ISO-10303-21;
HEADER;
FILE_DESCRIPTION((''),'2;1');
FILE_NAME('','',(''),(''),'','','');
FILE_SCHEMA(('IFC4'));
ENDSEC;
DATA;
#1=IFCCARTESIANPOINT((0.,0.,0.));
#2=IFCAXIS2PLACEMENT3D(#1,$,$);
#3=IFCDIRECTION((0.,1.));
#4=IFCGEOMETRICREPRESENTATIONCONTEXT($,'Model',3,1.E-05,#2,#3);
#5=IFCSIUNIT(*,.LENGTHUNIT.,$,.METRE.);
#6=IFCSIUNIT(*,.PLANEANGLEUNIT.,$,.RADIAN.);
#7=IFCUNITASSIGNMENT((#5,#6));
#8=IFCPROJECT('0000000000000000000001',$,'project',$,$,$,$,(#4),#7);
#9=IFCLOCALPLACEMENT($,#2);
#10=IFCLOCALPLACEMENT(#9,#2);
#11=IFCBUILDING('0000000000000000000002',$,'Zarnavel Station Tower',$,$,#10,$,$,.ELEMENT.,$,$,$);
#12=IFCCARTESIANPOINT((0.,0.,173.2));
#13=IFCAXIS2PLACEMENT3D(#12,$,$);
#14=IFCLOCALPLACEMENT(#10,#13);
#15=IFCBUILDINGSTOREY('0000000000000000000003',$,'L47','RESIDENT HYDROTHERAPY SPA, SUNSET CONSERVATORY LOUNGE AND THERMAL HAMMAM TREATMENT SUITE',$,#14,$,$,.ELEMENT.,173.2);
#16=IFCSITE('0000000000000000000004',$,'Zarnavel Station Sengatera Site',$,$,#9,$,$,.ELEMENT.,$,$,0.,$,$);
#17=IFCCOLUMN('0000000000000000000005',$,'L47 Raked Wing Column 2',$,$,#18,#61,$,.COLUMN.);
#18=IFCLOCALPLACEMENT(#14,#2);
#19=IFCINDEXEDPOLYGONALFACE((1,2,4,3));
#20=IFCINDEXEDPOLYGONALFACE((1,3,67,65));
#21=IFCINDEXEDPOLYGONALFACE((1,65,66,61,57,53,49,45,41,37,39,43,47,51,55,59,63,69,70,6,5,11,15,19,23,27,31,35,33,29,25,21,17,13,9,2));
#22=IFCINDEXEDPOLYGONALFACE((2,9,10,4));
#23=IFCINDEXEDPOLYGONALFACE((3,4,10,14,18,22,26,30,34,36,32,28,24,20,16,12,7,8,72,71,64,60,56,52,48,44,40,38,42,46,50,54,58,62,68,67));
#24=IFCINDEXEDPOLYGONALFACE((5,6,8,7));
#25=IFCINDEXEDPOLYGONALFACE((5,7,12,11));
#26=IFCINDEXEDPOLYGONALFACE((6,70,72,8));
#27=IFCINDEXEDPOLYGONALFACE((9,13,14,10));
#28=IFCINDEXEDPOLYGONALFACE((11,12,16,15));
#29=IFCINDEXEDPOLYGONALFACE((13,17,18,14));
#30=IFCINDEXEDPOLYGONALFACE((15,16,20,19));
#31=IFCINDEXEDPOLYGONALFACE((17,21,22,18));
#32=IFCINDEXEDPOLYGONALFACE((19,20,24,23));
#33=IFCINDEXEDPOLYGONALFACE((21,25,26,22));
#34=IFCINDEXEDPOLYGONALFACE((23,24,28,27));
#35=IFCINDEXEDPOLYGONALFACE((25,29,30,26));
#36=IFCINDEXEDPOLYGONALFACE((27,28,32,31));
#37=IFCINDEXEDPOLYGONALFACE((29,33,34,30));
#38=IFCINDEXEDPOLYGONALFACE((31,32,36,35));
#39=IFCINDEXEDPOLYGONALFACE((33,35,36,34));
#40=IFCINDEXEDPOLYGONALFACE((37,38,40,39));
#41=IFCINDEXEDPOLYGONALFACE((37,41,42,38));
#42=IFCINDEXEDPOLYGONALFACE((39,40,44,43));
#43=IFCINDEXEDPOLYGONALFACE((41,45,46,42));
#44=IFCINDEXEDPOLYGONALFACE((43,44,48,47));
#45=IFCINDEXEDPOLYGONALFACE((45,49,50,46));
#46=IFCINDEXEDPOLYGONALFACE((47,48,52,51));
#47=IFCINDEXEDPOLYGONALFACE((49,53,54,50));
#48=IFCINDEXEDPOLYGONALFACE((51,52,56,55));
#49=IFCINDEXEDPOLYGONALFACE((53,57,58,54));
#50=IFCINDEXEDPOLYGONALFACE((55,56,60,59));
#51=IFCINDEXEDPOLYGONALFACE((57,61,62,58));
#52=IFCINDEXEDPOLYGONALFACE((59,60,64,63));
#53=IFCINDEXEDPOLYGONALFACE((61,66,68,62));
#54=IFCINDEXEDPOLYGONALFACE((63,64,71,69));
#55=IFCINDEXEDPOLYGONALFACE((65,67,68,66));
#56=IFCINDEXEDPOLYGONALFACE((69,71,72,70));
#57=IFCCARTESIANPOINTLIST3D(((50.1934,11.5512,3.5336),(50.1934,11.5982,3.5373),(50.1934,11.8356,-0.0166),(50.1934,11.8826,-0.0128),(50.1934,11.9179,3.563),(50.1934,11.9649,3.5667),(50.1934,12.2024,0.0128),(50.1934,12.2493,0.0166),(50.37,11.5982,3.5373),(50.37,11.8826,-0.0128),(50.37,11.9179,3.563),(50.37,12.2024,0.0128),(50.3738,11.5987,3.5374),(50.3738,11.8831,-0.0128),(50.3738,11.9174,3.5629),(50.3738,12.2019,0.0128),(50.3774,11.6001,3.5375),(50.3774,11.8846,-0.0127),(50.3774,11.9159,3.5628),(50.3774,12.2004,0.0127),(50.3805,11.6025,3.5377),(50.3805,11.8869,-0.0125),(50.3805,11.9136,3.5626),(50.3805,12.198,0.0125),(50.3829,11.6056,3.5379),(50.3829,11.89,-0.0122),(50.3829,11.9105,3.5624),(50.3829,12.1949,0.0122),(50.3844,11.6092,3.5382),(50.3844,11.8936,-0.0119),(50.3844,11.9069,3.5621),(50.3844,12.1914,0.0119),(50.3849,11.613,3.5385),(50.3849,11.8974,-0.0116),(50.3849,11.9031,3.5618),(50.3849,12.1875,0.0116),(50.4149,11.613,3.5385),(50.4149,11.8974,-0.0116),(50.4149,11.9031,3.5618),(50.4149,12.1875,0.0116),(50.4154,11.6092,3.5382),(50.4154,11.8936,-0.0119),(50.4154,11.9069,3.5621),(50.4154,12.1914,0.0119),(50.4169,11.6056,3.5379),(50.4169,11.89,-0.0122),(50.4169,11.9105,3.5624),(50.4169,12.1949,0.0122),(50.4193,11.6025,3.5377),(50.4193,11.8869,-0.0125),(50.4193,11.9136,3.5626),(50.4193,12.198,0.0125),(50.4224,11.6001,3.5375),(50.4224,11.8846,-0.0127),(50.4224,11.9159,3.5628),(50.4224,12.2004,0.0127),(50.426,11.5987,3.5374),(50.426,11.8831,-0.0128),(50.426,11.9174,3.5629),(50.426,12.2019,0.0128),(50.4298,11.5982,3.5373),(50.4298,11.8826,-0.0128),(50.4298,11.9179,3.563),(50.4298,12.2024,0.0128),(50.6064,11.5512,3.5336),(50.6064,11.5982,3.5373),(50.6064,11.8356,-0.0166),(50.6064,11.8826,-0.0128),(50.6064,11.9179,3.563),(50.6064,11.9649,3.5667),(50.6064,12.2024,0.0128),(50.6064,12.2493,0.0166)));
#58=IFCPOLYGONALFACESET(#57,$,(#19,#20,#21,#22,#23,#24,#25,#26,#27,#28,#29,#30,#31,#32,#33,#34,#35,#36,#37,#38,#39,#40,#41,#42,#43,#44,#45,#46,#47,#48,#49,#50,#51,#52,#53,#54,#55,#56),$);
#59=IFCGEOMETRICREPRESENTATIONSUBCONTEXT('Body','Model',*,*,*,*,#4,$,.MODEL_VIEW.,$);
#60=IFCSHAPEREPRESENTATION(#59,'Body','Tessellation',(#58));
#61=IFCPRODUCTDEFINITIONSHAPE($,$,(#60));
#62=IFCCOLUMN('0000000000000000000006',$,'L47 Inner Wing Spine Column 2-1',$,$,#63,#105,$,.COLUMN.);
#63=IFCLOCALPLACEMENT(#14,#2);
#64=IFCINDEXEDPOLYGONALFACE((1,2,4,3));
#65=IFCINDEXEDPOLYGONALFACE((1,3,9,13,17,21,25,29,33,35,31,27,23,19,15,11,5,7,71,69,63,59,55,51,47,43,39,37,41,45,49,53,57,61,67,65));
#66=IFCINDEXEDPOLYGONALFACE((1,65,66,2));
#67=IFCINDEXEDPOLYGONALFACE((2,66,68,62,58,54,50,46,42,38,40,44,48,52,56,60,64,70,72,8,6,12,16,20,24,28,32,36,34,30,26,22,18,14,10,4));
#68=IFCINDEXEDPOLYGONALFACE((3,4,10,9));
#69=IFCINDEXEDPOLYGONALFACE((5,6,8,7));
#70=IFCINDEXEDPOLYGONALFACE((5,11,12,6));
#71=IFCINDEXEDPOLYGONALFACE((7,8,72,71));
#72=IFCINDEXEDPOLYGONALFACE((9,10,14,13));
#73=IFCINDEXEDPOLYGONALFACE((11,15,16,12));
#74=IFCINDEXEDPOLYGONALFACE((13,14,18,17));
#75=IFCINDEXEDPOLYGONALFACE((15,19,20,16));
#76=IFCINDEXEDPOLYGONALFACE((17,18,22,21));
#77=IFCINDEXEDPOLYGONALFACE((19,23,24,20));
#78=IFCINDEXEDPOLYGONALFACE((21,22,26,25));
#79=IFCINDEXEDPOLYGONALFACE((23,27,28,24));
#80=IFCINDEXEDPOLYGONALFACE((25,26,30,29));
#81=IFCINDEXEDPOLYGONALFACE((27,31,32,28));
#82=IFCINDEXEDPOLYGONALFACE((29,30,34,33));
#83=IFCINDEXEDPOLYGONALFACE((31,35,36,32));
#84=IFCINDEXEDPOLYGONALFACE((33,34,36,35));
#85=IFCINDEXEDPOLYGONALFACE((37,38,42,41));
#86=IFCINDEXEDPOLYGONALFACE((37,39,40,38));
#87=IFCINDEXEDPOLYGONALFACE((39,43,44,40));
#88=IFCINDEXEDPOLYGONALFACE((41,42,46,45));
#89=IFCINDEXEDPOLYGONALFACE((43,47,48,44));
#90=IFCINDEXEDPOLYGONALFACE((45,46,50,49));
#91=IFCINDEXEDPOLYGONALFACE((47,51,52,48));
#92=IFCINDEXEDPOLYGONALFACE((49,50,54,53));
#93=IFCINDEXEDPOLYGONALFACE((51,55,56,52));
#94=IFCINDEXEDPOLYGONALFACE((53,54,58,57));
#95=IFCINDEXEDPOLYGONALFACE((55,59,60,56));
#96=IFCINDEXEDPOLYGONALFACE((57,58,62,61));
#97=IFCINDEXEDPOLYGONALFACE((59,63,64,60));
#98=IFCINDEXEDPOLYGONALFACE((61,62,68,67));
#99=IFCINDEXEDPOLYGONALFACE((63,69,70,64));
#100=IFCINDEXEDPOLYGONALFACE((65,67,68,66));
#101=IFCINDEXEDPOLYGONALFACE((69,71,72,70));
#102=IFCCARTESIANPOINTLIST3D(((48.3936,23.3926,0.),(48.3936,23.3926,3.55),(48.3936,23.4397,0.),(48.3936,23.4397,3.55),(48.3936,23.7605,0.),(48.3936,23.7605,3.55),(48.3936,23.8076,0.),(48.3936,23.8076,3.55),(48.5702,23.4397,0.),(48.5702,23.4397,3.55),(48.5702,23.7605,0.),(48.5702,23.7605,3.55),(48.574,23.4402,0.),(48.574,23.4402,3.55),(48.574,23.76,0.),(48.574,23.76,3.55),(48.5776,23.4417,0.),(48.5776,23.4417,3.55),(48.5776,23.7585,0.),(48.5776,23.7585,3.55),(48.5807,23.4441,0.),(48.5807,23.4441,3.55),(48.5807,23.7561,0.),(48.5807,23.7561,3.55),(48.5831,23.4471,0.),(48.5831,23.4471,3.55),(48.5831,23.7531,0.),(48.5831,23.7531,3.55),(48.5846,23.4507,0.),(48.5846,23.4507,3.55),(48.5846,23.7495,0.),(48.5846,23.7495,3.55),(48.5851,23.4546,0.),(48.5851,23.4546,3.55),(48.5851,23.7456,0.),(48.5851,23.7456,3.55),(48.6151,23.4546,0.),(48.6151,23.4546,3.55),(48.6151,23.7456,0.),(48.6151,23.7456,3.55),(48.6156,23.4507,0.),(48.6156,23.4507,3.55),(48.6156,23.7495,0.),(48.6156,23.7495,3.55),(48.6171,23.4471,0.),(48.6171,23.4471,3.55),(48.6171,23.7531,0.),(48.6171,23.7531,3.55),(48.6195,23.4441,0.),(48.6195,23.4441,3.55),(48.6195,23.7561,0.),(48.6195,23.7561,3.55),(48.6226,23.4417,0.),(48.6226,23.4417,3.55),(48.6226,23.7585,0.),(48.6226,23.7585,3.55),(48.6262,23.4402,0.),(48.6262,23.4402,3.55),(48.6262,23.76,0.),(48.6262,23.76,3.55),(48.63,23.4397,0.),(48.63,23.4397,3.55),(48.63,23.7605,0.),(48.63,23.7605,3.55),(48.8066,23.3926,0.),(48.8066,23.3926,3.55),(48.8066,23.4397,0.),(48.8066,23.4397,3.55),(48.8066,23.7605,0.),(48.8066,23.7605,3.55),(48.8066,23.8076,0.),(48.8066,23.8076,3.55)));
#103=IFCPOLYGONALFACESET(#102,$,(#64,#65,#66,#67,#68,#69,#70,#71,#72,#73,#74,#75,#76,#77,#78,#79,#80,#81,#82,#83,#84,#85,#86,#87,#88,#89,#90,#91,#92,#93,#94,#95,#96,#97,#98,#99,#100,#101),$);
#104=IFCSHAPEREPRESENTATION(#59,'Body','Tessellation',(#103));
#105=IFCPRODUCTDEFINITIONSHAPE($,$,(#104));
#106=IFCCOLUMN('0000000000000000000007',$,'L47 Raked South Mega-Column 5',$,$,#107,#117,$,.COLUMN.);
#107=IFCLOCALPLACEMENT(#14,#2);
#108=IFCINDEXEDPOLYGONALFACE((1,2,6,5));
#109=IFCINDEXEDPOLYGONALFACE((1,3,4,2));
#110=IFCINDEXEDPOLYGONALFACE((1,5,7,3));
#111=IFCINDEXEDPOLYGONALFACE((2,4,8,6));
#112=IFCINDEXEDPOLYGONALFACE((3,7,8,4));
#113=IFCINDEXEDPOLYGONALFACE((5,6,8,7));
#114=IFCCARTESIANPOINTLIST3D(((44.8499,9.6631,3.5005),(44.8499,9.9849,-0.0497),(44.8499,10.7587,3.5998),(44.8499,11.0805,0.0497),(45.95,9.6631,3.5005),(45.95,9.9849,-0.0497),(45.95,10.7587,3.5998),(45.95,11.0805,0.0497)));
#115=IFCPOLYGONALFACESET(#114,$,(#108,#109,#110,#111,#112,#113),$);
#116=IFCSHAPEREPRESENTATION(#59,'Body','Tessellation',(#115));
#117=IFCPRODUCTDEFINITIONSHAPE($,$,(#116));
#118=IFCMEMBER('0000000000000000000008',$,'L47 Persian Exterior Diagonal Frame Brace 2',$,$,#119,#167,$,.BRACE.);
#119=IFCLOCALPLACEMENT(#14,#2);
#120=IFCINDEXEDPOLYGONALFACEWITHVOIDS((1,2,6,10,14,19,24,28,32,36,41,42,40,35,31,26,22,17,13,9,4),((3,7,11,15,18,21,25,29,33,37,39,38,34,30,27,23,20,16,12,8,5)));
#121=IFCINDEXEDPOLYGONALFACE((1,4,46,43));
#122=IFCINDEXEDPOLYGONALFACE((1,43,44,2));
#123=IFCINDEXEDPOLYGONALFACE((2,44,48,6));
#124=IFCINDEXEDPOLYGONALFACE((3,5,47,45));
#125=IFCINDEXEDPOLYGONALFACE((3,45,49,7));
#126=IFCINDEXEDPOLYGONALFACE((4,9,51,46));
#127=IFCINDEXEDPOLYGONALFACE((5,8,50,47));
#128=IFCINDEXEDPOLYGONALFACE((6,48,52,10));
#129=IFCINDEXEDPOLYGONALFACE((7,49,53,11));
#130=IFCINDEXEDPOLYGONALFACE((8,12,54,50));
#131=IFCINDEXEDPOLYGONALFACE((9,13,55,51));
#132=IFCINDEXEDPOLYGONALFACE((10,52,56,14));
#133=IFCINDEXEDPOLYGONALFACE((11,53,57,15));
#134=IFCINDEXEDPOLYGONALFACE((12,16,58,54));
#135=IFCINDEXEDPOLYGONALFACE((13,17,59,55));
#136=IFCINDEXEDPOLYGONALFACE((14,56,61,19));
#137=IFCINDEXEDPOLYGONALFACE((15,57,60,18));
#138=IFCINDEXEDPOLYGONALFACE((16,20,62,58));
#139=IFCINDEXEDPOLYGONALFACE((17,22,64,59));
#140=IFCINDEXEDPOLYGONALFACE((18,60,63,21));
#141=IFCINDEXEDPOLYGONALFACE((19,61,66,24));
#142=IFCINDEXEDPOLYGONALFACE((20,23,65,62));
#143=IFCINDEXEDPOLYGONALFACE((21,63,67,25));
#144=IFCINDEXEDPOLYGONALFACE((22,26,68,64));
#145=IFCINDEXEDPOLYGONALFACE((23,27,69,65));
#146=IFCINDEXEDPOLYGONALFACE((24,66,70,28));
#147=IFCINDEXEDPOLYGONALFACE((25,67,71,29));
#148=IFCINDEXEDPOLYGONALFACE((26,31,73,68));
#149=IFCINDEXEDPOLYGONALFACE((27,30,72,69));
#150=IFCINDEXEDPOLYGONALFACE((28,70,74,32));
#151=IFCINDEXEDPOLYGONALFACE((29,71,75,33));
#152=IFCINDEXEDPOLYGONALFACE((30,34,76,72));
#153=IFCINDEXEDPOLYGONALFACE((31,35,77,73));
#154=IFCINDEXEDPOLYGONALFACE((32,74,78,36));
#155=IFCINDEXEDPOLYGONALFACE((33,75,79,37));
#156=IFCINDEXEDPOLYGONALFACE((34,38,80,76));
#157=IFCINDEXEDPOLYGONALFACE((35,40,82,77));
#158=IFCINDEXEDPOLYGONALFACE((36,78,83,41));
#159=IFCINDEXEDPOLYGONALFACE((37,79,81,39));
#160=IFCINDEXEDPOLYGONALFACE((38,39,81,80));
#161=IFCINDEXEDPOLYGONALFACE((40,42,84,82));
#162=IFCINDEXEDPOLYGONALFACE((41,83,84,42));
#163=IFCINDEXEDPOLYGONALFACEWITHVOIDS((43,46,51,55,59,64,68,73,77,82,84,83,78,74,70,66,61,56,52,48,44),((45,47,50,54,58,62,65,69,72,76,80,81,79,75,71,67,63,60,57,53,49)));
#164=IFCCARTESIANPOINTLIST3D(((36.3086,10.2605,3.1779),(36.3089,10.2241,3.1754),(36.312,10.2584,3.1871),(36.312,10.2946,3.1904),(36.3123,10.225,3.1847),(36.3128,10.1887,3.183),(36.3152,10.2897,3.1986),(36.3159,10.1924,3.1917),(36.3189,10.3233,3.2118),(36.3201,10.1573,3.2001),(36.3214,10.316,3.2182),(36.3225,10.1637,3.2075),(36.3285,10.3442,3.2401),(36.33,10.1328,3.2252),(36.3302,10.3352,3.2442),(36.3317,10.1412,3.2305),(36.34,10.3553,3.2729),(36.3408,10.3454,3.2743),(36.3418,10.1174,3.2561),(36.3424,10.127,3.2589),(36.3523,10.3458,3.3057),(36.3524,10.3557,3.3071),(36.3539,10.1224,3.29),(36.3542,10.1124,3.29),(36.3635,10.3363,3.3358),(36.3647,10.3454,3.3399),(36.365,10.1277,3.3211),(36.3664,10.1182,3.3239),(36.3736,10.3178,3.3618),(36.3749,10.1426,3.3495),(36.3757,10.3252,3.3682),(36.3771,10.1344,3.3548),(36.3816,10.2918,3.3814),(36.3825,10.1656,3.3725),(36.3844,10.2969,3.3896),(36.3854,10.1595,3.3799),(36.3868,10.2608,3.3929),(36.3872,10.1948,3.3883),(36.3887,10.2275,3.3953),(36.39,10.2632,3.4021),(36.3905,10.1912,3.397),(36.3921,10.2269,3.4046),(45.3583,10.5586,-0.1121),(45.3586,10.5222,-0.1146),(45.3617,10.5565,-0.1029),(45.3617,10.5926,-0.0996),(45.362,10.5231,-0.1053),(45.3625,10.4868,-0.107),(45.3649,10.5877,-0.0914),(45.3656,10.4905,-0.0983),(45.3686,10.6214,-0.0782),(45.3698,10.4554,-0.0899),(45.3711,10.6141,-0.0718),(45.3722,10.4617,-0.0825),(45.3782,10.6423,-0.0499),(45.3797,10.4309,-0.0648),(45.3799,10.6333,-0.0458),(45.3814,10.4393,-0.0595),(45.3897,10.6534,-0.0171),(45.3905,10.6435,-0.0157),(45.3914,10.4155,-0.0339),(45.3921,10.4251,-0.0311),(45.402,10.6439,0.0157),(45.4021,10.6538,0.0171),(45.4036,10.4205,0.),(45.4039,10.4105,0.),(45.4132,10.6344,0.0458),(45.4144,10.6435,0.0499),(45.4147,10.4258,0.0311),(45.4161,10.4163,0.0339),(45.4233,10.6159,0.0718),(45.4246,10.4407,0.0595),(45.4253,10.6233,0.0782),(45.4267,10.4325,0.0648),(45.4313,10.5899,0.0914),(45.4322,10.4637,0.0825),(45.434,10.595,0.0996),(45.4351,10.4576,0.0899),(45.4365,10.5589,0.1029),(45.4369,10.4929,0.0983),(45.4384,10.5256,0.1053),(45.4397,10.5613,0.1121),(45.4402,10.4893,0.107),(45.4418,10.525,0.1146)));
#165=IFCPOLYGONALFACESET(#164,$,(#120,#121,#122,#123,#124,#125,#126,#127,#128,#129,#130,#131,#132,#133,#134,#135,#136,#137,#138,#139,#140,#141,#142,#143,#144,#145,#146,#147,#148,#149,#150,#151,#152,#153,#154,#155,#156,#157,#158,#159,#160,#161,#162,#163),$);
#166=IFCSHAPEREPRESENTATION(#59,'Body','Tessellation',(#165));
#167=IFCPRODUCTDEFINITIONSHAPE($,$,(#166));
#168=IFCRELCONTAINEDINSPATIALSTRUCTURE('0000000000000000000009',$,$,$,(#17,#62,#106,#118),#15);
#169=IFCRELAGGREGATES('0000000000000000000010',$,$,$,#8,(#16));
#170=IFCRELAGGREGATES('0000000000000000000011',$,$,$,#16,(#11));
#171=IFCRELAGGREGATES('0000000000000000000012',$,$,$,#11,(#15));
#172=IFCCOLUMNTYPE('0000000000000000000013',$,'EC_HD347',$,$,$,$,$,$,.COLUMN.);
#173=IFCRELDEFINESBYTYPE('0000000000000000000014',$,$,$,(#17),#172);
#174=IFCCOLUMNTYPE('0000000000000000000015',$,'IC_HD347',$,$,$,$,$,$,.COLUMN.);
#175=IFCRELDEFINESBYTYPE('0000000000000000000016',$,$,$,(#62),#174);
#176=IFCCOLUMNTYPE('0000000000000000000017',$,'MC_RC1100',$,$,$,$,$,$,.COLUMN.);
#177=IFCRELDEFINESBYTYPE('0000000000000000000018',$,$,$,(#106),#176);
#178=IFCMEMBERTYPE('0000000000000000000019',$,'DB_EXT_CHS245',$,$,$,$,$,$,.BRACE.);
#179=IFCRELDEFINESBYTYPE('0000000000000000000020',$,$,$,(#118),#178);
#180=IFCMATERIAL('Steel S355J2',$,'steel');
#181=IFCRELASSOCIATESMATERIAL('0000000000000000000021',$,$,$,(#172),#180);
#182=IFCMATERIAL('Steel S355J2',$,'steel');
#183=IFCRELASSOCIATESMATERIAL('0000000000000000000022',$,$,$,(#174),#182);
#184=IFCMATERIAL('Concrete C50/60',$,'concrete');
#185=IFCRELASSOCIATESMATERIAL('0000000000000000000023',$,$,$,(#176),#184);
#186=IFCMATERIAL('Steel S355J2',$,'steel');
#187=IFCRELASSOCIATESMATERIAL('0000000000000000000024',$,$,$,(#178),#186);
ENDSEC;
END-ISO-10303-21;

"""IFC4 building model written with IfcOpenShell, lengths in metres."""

from ifc_helpers import new_model, si_unit, direction, frame, origin, origin_2d, place, context, subcontext, project, spatial, rectangle, hollow_circle, i_section, extrude, material, material_profile, profile_set, type_object, element, save


model = new_model("IFC4")

# Units and contexts
model_context = context("Model", 3, precision=1e-05, world=origin(), true_north=direction((0.0, 1.0)))
body_context = subcontext(model_context, "Body", "Model", "MODEL_VIEW")
ifc_project = project(units=[si_unit("LENGTHUNIT", "METRE"), si_unit("PLANEANGLEUNIT", "RADIAN")], contexts=[model_context])

# Site, building, storey
site_placement = place(None, origin())
site = spatial("IfcSite", under=ifc_project, at=site_placement, Name="Zarnavel Station Sengatera Site", CompositionType="ELEMENT", RefElevation=0.0)
building_placement = place(site_placement, origin())
building = spatial("IfcBuilding", under=site, at=building_placement, Name="Zarnavel Station Tower", CompositionType="ELEMENT")
storey_placement = place(building_placement, frame((0.0, 0.0, 173.2)))
storey = spatial("IfcBuildingStorey", under=building, at=storey_placement, Name="L47", Description="RESIDENT HYDROTHERAPY SPA, SUNSET CONSERVATORY LOUNGE AND THERMAL HAMMAM TREATMENT SUITE", CompositionType="ELEMENT", Elevation=173.2)

# Columns
ifc_material_1 = material(Name="Steel S355J2", Category="steel")
ifc_material_profile_1 = material_profile(ifc_material_1, i_section(OverallWidth=0.4131, OverallDepth=0.415, WebThickness=0.03, FlangeThickness=0.0471, FilletRadius=0.0149, at=origin_2d()), Name="HD400x347")
ifc_profile_set_1 = profile_set([ifc_material_profile_1], Name="Steel S355J2")
column_type_1 = type_object("IfcColumnType", Name="EC_HD347", PredefinedType="COLUMN", material=ifc_profile_set_1)
column_1_placement = place(storey_placement, frame((50.3999, 12.0425, 0.0), z_axis=(0.0, -0.079862, 0.996806), x_axis=(1.0, 0.0, 0.0)))
element("IfcColumn", 1, at=column_1_placement, inside=storey, type_object=column_type_1, Name="L47 Raked Wing Column 2", PredefinedType="COLUMN", context=body_context, shape_type="SweptSolid", body=[
    extrude(i_section(OverallWidth=0.4131, OverallDepth=0.415, WebThickness=0.03, FlangeThickness=0.0471, FilletRadius=0.0149, at=origin_2d()), origin(), (0.0, 0.0, 1.0), 3.5615),
])
ifc_material_2 = material(Name="Steel S355J2", Category="steel")
ifc_material_profile_2 = material_profile(ifc_material_2, i_section(OverallWidth=0.4131, OverallDepth=0.415, WebThickness=0.03, FlangeThickness=0.0471, FilletRadius=0.0149, at=origin_2d()), Name="HD400x347")
ifc_profile_set_2 = profile_set([ifc_material_profile_2], Name="Steel S355J2")
column_type_2 = type_object("IfcColumnType", Name="IC_HD347", PredefinedType="COLUMN", material=ifc_profile_set_2)
column_2_placement = place(storey_placement, frame((48.6001, 23.6001, 0.0), z_axis=(0.0, 0.0, 1.0), x_axis=(1.0, 0.0, 0.0)))
element("IfcColumn", 2, at=column_2_placement, inside=storey, type_object=column_type_2, Name="L47 Inner Wing Spine Column 2-1", PredefinedType="COLUMN", context=body_context, shape_type="SweptSolid", body=[
    extrude(i_section(OverallWidth=0.4131, OverallDepth=0.415, WebThickness=0.03, FlangeThickness=0.0471, FilletRadius=0.0149, at=origin_2d()), origin(), (0.0, 0.0, 1.0), 3.55),
])
ifc_material_3 = material(Name="Concrete C50/60", Category="concrete")
ifc_material_profile_3 = material_profile(ifc_material_3, rectangle(XDim=1.1001, YDim=1.1001, at=origin_2d()), Name="RC1100x1100")
ifc_profile_set_3 = profile_set([ifc_material_profile_3], Name="Concrete C50/60")
column_type_3 = type_object("IfcColumnType", Name="MC_RC1100", PredefinedType="COLUMN", material=ifc_profile_set_3)
column_3_placement = place(storey_placement, frame((45.3999, 10.5327, 0.0), z_axis=(0.0, -0.09027, 0.995917), x_axis=(1.0, 0.0, 0.0)))
element("IfcColumn", 3, at=column_3_placement, inside=storey, type_object=column_type_3, Name="L47 Raked South Mega-Column 5", PredefinedType="COLUMN", context=body_context, shape_type="SweptSolid", body=[
    extrude(rectangle(XDim=1.1001, YDim=1.1001, at=origin_2d()), origin(), (0.0, 0.0, 1.0), 3.5647),
])

# Member
ifc_material_4 = material(Name="Steel S355J2", Category="steel")
ifc_material_profile_4 = material_profile(ifc_material_4, hollow_circle(Radius=0.1223, WallThickness=0.01, at=origin_2d()), Name="CHS244.5x10")
ifc_profile_set_4 = profile_set([ifc_material_profile_4], Name="Steel S355J2")
member_type = type_object("IfcMemberType", Name="DB_EXT_CHS245", PredefinedType="BRACE", material=ifc_profile_set_4)
member_placement = place(storey_placement, frame((45.3999, 10.5327, 0.0), z_axis=(-0.93937, -0.030942, 0.341506), x_axis=(0.032922, -0.999458, 0.0)))
element("IfcMember", 4, at=member_placement, inside=storey, type_object=member_type, Name="L47 Persian Exterior Diagonal Frame Brace 2", PredefinedType="BRACE", context=body_context, shape_type="SweptSolid", body=[
    extrude(hollow_circle(Radius=0.1223, WallThickness=0.01, at=origin_2d()), origin(), (0.0, 0.0, 1.0), 9.6338),
])

save(model, "model.ifc")
